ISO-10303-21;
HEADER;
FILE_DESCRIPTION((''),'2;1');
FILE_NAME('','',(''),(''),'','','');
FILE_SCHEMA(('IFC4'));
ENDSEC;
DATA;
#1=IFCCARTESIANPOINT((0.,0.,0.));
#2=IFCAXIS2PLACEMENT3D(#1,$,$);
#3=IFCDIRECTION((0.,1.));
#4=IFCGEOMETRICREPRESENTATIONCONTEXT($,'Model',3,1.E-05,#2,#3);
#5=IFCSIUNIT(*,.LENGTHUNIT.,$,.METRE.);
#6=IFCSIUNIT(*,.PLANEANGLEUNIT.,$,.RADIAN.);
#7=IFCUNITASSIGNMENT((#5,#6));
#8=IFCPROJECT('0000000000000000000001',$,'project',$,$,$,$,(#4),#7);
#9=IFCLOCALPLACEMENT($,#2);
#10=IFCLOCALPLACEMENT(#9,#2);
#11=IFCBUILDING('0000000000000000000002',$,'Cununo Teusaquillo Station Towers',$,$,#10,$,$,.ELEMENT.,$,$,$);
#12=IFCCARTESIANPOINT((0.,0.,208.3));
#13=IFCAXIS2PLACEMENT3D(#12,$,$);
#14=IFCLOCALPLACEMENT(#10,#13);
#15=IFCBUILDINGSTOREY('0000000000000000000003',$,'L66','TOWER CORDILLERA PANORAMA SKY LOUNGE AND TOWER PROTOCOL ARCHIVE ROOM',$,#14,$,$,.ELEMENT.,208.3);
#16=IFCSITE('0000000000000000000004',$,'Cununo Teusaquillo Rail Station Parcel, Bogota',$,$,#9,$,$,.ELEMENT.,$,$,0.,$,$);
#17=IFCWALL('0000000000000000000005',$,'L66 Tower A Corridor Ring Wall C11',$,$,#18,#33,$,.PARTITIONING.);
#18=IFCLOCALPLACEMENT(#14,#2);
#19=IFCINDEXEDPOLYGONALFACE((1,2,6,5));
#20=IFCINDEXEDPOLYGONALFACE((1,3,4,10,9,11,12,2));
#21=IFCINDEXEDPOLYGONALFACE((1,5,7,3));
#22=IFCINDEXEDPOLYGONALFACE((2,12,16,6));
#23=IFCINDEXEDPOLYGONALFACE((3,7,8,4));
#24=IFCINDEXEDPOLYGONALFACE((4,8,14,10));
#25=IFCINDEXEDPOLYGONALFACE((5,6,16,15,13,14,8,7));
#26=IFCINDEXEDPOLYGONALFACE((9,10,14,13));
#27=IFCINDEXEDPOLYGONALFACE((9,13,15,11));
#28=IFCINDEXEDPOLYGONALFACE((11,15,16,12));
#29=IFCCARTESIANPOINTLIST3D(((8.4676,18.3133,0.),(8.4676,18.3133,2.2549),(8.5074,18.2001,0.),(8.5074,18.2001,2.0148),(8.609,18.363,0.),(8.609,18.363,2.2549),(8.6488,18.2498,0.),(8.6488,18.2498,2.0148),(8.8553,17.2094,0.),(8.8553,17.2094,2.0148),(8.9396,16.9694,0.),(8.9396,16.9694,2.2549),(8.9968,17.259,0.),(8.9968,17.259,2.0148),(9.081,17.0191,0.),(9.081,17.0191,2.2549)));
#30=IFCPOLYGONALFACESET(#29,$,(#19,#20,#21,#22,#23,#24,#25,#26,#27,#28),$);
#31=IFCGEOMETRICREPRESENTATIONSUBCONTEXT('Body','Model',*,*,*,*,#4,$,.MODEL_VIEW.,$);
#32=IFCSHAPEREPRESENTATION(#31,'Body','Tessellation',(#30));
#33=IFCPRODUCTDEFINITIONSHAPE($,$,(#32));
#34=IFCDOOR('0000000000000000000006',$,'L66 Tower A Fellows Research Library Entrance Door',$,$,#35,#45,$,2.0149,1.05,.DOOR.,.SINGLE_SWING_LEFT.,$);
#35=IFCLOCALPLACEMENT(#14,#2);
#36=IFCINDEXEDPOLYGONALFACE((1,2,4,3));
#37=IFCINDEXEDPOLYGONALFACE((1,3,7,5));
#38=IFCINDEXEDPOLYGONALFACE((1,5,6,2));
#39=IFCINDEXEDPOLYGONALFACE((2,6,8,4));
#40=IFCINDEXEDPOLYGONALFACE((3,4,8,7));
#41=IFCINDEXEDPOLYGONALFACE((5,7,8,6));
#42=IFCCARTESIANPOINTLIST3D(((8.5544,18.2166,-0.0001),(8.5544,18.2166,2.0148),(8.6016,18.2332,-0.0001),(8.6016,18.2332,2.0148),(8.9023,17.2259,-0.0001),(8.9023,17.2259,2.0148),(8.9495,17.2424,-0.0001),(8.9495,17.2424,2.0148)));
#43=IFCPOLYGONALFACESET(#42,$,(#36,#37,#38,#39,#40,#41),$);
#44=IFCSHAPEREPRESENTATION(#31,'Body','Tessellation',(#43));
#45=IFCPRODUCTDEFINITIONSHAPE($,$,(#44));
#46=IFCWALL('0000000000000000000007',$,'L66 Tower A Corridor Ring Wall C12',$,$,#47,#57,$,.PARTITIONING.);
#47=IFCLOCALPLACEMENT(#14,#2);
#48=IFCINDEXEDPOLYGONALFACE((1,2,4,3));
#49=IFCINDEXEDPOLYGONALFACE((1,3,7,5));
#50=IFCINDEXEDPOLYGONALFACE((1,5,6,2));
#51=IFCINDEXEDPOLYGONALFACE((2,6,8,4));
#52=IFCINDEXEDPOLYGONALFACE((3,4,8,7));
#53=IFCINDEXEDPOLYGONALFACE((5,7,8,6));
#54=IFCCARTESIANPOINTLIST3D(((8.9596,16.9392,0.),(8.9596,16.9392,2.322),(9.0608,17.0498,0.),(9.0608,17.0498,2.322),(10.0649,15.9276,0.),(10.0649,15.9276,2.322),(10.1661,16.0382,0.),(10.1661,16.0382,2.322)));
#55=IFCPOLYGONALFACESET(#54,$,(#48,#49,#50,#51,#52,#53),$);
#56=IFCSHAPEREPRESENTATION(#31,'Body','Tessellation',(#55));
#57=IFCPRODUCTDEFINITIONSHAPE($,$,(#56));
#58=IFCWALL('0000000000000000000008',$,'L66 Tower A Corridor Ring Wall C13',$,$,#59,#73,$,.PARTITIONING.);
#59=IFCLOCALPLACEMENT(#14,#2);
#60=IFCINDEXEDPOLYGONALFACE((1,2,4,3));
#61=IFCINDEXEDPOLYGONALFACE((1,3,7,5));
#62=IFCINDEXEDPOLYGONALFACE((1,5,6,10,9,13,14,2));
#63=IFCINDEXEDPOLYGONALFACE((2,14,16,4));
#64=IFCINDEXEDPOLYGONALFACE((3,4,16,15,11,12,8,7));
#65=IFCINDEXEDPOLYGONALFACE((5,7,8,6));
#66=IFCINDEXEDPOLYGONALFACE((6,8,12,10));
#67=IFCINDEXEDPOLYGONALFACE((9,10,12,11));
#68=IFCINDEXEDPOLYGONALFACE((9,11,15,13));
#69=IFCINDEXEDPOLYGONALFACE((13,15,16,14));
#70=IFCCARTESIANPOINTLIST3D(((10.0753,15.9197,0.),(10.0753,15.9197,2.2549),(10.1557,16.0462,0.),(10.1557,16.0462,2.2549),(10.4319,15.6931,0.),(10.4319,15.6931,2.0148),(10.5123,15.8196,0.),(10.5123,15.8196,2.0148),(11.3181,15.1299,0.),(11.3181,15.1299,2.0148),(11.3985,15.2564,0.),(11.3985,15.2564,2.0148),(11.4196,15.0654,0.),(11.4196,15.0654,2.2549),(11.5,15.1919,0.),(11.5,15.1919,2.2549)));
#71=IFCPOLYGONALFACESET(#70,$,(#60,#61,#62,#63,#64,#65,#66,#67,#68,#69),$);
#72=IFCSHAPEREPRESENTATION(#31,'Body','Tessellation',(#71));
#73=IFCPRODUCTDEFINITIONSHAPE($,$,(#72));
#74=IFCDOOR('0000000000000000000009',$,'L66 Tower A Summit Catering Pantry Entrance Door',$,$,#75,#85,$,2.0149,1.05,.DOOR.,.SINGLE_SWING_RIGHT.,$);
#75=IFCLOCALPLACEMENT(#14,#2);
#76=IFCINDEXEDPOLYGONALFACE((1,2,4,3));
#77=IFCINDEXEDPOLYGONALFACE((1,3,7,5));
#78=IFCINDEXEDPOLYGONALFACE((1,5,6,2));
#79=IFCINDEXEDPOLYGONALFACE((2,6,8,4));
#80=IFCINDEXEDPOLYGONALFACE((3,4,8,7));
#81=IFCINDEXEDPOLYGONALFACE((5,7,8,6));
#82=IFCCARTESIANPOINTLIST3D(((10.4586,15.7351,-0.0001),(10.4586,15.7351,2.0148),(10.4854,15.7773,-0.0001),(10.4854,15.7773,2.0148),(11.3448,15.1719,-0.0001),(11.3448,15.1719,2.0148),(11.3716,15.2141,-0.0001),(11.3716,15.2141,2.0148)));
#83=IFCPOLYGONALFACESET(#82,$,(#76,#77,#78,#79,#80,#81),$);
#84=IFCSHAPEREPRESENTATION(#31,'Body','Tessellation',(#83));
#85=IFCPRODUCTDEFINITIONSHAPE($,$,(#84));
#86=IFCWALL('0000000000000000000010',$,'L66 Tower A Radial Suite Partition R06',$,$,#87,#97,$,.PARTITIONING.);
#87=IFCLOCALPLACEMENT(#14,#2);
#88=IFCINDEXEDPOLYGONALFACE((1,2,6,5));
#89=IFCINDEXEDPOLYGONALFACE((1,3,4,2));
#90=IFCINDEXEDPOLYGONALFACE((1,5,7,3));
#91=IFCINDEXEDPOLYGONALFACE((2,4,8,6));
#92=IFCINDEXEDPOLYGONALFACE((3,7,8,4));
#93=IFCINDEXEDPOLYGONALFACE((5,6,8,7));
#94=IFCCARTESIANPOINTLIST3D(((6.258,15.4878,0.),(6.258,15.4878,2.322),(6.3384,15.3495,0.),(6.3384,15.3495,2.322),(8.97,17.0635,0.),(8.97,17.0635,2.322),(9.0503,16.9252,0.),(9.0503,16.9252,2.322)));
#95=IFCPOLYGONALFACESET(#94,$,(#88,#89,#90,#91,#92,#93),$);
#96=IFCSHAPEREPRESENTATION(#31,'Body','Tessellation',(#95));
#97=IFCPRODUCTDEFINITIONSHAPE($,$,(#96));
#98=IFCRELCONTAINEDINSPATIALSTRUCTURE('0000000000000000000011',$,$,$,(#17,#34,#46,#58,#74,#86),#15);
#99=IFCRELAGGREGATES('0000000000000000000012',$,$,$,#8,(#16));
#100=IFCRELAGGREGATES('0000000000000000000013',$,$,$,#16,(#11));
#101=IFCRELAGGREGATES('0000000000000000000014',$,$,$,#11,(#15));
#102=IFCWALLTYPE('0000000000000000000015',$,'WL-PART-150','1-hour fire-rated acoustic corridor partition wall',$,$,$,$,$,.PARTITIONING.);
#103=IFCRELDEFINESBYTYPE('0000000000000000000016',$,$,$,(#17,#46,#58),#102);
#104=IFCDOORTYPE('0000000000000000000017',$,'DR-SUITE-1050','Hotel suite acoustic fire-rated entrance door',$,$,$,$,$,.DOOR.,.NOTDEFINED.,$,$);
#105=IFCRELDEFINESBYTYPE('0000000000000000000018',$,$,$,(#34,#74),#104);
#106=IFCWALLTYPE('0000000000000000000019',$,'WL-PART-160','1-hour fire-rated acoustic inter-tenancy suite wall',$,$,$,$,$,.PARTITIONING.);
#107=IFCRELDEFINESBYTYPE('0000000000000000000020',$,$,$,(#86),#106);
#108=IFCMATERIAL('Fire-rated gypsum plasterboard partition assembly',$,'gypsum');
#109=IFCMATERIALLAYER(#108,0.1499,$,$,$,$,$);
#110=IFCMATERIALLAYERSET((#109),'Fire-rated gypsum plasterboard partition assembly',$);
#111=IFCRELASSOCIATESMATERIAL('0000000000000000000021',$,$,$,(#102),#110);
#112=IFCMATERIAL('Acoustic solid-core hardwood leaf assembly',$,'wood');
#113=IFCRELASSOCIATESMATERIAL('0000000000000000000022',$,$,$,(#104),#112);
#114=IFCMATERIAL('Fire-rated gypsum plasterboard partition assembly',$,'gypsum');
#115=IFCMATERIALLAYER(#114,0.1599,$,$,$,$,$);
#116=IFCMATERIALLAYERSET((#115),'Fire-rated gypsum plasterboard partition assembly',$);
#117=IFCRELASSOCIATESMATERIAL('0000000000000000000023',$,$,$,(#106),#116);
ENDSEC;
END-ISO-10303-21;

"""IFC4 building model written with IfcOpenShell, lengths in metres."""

from ifc_helpers import new_model, si_unit, direction, frame, frame_2d, origin, place, context, subcontext, project, spatial, rectangle, extrude, source, transform, mapped, material, layer, layer_set, type_object, element, fill, save


model = new_model("IFC4")

# Units and contexts
model_context = context("Model", 3, precision=1e-05, world=origin(), true_north=direction((0.0, 1.0)))
body_context = subcontext(model_context, "Body", "Model", "MODEL_VIEW")
ifc_project = project(units=[si_unit("LENGTHUNIT", "METRE"), si_unit("PLANEANGLEUNIT", "RADIAN")], contexts=[model_context])

# Site, building, storey
site_placement = place(None, origin())
site = spatial("IfcSite", under=ifc_project, at=site_placement, Name="Cununo Teusaquillo Rail Station Parcel, Bogota", CompositionType="ELEMENT", RefElevation=0.0)
building_placement = place(site_placement, origin())
building = spatial("IfcBuilding", under=site, at=building_placement, Name="Cununo Teusaquillo Station Towers", CompositionType="ELEMENT")
storey_placement = place(building_placement, frame((0.0, 0.0, 208.3)))
storey = spatial("IfcBuildingStorey", under=building, at=storey_placement, Name="L66", Description="TOWER CORDILLERA PANORAMA SKY LOUNGE AND TOWER PROTOCOL ARCHIVE ROOM", CompositionType="ELEMENT", Elevation=208.3)

# Wall, opening, door
ifc_material_1 = material(Name="Fire-rated gypsum plasterboard partition assembly", Category="gypsum")
ifc_layer_1 = layer(ifc_material_1, 0.1499)
ifc_layer_set_1 = layer_set([ifc_layer_1], Name="Fire-rated gypsum plasterboard partition assembly")
wall_type_1 = type_object("IfcWallType", Name="WL-PART-150", Description="1-hour fire-rated acoustic corridor partition wall", PredefinedType="PARTITIONING", material=ifc_layer_set_1)
wall_1_placement = place(storey_placement, frame((8.5383, 18.3381, 0.0), z_axis=(0.0, 0.0, 1.0), x_axis=(0.331358, -0.943505, 0.0)))
wall_1 = element("IfcWall", 1, at=wall_1_placement, inside=storey, type_object=wall_type_1, Name="L66 Tower A Corridor Ring Wall C11", PredefinedType="PARTITIONING", context=body_context, shape_type="SweptSolid", body=[
    extrude(rectangle(XDim=1.4243, YDim=0.1499, at=frame_2d((0.7122, 0.0))), origin(), (0.0, 0.0, 1.0), 2.2549),
])
shared_shape_1 = source(origin(), body_context, "Body", "SweptSolid", [
    extrude(rectangle(XDim=1.05, YDim=2.0149, at=frame_2d((0.5249, 1.0073))), frame((0.0, 0.085, 0.0), z_axis=(0.0, -1.0, 0.0), x_axis=(1.0, 0.0, 0.0)), (0.0, 0.0, 1.0), 0.1699),
])
opening_1_placement = place(wall_1_placement, frame((0.1201, 0.0, 0.0)))
opening_1 = element("IfcOpeningElement", 2, at=opening_1_placement, cuts=wall_1, PredefinedType="OPENING", context=body_context, shape_type="MappedRepresentation", body=[
    mapped(shared_shape_1, transform((0.0, 0.0, 0.0), x_axis=(1.0, 0.0, 0.0), y_axis=(0.0, 1.0, 0.0), z_axis=(0.0, 0.0, 1.0), scale=1.0)),
])
ifc_material_2 = material(Name="Acoustic solid-core hardwood leaf assembly", Category="wood")
door_type_1 = type_object("IfcDoorType", Name="DR-SUITE-1050", Description="Hotel suite acoustic fire-rated entrance door", OperationType="NOTDEFINED", PredefinedType="DOOR", material=ifc_material_2)
shared_shape_2 = source(origin(), body_context, "Body", "SweptSolid", [
    extrude(rectangle(XDim=1.05, YDim=2.0149, at=frame_2d((0.5249, 1.0073))), frame((0.0, 0.0249, 0.0), z_axis=(0.0, -1.0, 0.0), x_axis=(1.0, 0.0, 0.0)), (0.0, 0.0, 1.0), 0.05),
])
door_1_placement = place(opening_1_placement, origin())
door_1 = element("IfcDoor", 3, at=door_1_placement, inside=storey, type_object=door_type_1, Name="L66 Tower A Fellows Research Library Entrance Door", OperationType="SINGLE_SWING_LEFT", OverallHeight=2.0149, OverallWidth=1.05, PredefinedType="DOOR", context=body_context, shape_type="MappedRepresentation", body=[
    mapped(shared_shape_2, transform((0.0, 0.0, 0.0), x_axis=(1.0, 0.0, 0.0), y_axis=(0.0, 1.0, 0.0), z_axis=(0.0, 0.0, 1.0), scale=1.0)),
])
fill(opening_1, door_1)

# Wall
wall_2_placement = place(storey_placement, frame((9.0103, 16.9944, 0.0), z_axis=(0.0, 0.0, 1.0), x_axis=(0.737702, -0.675127, 0.0)))
element("IfcWall", 4, at=wall_2_placement, inside=storey, type_object=wall_type_1, Name="L66 Tower A Corridor Ring Wall C12", PredefinedType="PARTITIONING", context=body_context, shape_type="SweptSolid", body=[
    extrude(rectangle(XDim=1.4983, YDim=0.1499, at=frame_2d((0.749, 0.0))), origin(), (0.0, 0.0, 1.0), 2.322),
])

# Wall, opening, door
wall_3_placement = place(storey_placement, frame((10.1155, 15.9829, 0.0), z_axis=(0.0, 0.0, 1.0), x_axis=(0.843996, -0.53635, 0.0)))
wall_3 = element("IfcWall", 5, at=wall_3_placement, inside=storey, type_object=wall_type_1, Name="L66 Tower A Corridor Ring Wall C13", PredefinedType="PARTITIONING", context=body_context, shape_type="SweptSolid", body=[
    extrude(rectangle(XDim=1.5928, YDim=0.1499, at=frame_2d((0.7964, 0.0))), origin(), (0.0, 0.0, 1.0), 2.2549),
])
opening_2_placement = place(wall_3_placement, frame((0.4226, 0.0, 0.0)))
opening_2 = element("IfcOpeningElement", 6, at=opening_2_placement, cuts=wall_3, PredefinedType="OPENING", context=body_context, shape_type="MappedRepresentation", body=[
    mapped(shared_shape_1, transform((0.0, 0.0, 0.0), x_axis=(1.0, 0.0, 0.0), y_axis=(0.0, 1.0, 0.0), z_axis=(0.0, 0.0, 1.0), scale=1.0)),
])
door_2_placement = place(opening_2_placement, origin())
door_2 = element("IfcDoor", 7, at=door_2_placement, inside=storey, type_object=door_type_1, Name="L66 Tower A Summit Catering Pantry Entrance Door", OperationType="SINGLE_SWING_RIGHT", OverallHeight=2.0149, OverallWidth=1.05, PredefinedType="DOOR", context=body_context, shape_type="MappedRepresentation", body=[
    mapped(shared_shape_2, transform((0.0, 0.0, 0.0), x_axis=(1.0, 0.0, 0.0), y_axis=(0.0, 1.0, 0.0), z_axis=(0.0, 0.0, 1.0), scale=1.0)),
])
fill(opening_2, door_2)

# Wall
ifc_material_3 = material(Name="Fire-rated gypsum plasterboard partition assembly", Category="gypsum")
ifc_layer_2 = layer(ifc_material_3, 0.1599)
ifc_layer_set_2 = layer_set([ifc_layer_2], Name="Fire-rated gypsum plasterboard partition assembly")
wall_type_2 = type_object("IfcWallType", Name="WL-PART-160", Description="1-hour fire-rated acoustic inter-tenancy suite wall", PredefinedType="PARTITIONING", material=ifc_layer_set_2)
wall_4_placement = place(storey_placement, frame((9.0103, 16.9944, 0.0), z_axis=(0.0, 0.0, 1.0), x_axis=(-0.864647, -0.50238, 0.0)))
element("IfcWall", 8, at=wall_4_placement, inside=storey, type_object=wall_type_2, Name="L66 Tower A Radial Suite Partition R06", PredefinedType="PARTITIONING", context=body_context, shape_type="SweptSolid", body=[
    extrude(rectangle(XDim=3.1365, YDim=0.1599, at=frame_2d((1.5684, 0.0))), origin(), (0.0, 0.0, 1.0), 2.322),
])

save(model, "model.ifc")
